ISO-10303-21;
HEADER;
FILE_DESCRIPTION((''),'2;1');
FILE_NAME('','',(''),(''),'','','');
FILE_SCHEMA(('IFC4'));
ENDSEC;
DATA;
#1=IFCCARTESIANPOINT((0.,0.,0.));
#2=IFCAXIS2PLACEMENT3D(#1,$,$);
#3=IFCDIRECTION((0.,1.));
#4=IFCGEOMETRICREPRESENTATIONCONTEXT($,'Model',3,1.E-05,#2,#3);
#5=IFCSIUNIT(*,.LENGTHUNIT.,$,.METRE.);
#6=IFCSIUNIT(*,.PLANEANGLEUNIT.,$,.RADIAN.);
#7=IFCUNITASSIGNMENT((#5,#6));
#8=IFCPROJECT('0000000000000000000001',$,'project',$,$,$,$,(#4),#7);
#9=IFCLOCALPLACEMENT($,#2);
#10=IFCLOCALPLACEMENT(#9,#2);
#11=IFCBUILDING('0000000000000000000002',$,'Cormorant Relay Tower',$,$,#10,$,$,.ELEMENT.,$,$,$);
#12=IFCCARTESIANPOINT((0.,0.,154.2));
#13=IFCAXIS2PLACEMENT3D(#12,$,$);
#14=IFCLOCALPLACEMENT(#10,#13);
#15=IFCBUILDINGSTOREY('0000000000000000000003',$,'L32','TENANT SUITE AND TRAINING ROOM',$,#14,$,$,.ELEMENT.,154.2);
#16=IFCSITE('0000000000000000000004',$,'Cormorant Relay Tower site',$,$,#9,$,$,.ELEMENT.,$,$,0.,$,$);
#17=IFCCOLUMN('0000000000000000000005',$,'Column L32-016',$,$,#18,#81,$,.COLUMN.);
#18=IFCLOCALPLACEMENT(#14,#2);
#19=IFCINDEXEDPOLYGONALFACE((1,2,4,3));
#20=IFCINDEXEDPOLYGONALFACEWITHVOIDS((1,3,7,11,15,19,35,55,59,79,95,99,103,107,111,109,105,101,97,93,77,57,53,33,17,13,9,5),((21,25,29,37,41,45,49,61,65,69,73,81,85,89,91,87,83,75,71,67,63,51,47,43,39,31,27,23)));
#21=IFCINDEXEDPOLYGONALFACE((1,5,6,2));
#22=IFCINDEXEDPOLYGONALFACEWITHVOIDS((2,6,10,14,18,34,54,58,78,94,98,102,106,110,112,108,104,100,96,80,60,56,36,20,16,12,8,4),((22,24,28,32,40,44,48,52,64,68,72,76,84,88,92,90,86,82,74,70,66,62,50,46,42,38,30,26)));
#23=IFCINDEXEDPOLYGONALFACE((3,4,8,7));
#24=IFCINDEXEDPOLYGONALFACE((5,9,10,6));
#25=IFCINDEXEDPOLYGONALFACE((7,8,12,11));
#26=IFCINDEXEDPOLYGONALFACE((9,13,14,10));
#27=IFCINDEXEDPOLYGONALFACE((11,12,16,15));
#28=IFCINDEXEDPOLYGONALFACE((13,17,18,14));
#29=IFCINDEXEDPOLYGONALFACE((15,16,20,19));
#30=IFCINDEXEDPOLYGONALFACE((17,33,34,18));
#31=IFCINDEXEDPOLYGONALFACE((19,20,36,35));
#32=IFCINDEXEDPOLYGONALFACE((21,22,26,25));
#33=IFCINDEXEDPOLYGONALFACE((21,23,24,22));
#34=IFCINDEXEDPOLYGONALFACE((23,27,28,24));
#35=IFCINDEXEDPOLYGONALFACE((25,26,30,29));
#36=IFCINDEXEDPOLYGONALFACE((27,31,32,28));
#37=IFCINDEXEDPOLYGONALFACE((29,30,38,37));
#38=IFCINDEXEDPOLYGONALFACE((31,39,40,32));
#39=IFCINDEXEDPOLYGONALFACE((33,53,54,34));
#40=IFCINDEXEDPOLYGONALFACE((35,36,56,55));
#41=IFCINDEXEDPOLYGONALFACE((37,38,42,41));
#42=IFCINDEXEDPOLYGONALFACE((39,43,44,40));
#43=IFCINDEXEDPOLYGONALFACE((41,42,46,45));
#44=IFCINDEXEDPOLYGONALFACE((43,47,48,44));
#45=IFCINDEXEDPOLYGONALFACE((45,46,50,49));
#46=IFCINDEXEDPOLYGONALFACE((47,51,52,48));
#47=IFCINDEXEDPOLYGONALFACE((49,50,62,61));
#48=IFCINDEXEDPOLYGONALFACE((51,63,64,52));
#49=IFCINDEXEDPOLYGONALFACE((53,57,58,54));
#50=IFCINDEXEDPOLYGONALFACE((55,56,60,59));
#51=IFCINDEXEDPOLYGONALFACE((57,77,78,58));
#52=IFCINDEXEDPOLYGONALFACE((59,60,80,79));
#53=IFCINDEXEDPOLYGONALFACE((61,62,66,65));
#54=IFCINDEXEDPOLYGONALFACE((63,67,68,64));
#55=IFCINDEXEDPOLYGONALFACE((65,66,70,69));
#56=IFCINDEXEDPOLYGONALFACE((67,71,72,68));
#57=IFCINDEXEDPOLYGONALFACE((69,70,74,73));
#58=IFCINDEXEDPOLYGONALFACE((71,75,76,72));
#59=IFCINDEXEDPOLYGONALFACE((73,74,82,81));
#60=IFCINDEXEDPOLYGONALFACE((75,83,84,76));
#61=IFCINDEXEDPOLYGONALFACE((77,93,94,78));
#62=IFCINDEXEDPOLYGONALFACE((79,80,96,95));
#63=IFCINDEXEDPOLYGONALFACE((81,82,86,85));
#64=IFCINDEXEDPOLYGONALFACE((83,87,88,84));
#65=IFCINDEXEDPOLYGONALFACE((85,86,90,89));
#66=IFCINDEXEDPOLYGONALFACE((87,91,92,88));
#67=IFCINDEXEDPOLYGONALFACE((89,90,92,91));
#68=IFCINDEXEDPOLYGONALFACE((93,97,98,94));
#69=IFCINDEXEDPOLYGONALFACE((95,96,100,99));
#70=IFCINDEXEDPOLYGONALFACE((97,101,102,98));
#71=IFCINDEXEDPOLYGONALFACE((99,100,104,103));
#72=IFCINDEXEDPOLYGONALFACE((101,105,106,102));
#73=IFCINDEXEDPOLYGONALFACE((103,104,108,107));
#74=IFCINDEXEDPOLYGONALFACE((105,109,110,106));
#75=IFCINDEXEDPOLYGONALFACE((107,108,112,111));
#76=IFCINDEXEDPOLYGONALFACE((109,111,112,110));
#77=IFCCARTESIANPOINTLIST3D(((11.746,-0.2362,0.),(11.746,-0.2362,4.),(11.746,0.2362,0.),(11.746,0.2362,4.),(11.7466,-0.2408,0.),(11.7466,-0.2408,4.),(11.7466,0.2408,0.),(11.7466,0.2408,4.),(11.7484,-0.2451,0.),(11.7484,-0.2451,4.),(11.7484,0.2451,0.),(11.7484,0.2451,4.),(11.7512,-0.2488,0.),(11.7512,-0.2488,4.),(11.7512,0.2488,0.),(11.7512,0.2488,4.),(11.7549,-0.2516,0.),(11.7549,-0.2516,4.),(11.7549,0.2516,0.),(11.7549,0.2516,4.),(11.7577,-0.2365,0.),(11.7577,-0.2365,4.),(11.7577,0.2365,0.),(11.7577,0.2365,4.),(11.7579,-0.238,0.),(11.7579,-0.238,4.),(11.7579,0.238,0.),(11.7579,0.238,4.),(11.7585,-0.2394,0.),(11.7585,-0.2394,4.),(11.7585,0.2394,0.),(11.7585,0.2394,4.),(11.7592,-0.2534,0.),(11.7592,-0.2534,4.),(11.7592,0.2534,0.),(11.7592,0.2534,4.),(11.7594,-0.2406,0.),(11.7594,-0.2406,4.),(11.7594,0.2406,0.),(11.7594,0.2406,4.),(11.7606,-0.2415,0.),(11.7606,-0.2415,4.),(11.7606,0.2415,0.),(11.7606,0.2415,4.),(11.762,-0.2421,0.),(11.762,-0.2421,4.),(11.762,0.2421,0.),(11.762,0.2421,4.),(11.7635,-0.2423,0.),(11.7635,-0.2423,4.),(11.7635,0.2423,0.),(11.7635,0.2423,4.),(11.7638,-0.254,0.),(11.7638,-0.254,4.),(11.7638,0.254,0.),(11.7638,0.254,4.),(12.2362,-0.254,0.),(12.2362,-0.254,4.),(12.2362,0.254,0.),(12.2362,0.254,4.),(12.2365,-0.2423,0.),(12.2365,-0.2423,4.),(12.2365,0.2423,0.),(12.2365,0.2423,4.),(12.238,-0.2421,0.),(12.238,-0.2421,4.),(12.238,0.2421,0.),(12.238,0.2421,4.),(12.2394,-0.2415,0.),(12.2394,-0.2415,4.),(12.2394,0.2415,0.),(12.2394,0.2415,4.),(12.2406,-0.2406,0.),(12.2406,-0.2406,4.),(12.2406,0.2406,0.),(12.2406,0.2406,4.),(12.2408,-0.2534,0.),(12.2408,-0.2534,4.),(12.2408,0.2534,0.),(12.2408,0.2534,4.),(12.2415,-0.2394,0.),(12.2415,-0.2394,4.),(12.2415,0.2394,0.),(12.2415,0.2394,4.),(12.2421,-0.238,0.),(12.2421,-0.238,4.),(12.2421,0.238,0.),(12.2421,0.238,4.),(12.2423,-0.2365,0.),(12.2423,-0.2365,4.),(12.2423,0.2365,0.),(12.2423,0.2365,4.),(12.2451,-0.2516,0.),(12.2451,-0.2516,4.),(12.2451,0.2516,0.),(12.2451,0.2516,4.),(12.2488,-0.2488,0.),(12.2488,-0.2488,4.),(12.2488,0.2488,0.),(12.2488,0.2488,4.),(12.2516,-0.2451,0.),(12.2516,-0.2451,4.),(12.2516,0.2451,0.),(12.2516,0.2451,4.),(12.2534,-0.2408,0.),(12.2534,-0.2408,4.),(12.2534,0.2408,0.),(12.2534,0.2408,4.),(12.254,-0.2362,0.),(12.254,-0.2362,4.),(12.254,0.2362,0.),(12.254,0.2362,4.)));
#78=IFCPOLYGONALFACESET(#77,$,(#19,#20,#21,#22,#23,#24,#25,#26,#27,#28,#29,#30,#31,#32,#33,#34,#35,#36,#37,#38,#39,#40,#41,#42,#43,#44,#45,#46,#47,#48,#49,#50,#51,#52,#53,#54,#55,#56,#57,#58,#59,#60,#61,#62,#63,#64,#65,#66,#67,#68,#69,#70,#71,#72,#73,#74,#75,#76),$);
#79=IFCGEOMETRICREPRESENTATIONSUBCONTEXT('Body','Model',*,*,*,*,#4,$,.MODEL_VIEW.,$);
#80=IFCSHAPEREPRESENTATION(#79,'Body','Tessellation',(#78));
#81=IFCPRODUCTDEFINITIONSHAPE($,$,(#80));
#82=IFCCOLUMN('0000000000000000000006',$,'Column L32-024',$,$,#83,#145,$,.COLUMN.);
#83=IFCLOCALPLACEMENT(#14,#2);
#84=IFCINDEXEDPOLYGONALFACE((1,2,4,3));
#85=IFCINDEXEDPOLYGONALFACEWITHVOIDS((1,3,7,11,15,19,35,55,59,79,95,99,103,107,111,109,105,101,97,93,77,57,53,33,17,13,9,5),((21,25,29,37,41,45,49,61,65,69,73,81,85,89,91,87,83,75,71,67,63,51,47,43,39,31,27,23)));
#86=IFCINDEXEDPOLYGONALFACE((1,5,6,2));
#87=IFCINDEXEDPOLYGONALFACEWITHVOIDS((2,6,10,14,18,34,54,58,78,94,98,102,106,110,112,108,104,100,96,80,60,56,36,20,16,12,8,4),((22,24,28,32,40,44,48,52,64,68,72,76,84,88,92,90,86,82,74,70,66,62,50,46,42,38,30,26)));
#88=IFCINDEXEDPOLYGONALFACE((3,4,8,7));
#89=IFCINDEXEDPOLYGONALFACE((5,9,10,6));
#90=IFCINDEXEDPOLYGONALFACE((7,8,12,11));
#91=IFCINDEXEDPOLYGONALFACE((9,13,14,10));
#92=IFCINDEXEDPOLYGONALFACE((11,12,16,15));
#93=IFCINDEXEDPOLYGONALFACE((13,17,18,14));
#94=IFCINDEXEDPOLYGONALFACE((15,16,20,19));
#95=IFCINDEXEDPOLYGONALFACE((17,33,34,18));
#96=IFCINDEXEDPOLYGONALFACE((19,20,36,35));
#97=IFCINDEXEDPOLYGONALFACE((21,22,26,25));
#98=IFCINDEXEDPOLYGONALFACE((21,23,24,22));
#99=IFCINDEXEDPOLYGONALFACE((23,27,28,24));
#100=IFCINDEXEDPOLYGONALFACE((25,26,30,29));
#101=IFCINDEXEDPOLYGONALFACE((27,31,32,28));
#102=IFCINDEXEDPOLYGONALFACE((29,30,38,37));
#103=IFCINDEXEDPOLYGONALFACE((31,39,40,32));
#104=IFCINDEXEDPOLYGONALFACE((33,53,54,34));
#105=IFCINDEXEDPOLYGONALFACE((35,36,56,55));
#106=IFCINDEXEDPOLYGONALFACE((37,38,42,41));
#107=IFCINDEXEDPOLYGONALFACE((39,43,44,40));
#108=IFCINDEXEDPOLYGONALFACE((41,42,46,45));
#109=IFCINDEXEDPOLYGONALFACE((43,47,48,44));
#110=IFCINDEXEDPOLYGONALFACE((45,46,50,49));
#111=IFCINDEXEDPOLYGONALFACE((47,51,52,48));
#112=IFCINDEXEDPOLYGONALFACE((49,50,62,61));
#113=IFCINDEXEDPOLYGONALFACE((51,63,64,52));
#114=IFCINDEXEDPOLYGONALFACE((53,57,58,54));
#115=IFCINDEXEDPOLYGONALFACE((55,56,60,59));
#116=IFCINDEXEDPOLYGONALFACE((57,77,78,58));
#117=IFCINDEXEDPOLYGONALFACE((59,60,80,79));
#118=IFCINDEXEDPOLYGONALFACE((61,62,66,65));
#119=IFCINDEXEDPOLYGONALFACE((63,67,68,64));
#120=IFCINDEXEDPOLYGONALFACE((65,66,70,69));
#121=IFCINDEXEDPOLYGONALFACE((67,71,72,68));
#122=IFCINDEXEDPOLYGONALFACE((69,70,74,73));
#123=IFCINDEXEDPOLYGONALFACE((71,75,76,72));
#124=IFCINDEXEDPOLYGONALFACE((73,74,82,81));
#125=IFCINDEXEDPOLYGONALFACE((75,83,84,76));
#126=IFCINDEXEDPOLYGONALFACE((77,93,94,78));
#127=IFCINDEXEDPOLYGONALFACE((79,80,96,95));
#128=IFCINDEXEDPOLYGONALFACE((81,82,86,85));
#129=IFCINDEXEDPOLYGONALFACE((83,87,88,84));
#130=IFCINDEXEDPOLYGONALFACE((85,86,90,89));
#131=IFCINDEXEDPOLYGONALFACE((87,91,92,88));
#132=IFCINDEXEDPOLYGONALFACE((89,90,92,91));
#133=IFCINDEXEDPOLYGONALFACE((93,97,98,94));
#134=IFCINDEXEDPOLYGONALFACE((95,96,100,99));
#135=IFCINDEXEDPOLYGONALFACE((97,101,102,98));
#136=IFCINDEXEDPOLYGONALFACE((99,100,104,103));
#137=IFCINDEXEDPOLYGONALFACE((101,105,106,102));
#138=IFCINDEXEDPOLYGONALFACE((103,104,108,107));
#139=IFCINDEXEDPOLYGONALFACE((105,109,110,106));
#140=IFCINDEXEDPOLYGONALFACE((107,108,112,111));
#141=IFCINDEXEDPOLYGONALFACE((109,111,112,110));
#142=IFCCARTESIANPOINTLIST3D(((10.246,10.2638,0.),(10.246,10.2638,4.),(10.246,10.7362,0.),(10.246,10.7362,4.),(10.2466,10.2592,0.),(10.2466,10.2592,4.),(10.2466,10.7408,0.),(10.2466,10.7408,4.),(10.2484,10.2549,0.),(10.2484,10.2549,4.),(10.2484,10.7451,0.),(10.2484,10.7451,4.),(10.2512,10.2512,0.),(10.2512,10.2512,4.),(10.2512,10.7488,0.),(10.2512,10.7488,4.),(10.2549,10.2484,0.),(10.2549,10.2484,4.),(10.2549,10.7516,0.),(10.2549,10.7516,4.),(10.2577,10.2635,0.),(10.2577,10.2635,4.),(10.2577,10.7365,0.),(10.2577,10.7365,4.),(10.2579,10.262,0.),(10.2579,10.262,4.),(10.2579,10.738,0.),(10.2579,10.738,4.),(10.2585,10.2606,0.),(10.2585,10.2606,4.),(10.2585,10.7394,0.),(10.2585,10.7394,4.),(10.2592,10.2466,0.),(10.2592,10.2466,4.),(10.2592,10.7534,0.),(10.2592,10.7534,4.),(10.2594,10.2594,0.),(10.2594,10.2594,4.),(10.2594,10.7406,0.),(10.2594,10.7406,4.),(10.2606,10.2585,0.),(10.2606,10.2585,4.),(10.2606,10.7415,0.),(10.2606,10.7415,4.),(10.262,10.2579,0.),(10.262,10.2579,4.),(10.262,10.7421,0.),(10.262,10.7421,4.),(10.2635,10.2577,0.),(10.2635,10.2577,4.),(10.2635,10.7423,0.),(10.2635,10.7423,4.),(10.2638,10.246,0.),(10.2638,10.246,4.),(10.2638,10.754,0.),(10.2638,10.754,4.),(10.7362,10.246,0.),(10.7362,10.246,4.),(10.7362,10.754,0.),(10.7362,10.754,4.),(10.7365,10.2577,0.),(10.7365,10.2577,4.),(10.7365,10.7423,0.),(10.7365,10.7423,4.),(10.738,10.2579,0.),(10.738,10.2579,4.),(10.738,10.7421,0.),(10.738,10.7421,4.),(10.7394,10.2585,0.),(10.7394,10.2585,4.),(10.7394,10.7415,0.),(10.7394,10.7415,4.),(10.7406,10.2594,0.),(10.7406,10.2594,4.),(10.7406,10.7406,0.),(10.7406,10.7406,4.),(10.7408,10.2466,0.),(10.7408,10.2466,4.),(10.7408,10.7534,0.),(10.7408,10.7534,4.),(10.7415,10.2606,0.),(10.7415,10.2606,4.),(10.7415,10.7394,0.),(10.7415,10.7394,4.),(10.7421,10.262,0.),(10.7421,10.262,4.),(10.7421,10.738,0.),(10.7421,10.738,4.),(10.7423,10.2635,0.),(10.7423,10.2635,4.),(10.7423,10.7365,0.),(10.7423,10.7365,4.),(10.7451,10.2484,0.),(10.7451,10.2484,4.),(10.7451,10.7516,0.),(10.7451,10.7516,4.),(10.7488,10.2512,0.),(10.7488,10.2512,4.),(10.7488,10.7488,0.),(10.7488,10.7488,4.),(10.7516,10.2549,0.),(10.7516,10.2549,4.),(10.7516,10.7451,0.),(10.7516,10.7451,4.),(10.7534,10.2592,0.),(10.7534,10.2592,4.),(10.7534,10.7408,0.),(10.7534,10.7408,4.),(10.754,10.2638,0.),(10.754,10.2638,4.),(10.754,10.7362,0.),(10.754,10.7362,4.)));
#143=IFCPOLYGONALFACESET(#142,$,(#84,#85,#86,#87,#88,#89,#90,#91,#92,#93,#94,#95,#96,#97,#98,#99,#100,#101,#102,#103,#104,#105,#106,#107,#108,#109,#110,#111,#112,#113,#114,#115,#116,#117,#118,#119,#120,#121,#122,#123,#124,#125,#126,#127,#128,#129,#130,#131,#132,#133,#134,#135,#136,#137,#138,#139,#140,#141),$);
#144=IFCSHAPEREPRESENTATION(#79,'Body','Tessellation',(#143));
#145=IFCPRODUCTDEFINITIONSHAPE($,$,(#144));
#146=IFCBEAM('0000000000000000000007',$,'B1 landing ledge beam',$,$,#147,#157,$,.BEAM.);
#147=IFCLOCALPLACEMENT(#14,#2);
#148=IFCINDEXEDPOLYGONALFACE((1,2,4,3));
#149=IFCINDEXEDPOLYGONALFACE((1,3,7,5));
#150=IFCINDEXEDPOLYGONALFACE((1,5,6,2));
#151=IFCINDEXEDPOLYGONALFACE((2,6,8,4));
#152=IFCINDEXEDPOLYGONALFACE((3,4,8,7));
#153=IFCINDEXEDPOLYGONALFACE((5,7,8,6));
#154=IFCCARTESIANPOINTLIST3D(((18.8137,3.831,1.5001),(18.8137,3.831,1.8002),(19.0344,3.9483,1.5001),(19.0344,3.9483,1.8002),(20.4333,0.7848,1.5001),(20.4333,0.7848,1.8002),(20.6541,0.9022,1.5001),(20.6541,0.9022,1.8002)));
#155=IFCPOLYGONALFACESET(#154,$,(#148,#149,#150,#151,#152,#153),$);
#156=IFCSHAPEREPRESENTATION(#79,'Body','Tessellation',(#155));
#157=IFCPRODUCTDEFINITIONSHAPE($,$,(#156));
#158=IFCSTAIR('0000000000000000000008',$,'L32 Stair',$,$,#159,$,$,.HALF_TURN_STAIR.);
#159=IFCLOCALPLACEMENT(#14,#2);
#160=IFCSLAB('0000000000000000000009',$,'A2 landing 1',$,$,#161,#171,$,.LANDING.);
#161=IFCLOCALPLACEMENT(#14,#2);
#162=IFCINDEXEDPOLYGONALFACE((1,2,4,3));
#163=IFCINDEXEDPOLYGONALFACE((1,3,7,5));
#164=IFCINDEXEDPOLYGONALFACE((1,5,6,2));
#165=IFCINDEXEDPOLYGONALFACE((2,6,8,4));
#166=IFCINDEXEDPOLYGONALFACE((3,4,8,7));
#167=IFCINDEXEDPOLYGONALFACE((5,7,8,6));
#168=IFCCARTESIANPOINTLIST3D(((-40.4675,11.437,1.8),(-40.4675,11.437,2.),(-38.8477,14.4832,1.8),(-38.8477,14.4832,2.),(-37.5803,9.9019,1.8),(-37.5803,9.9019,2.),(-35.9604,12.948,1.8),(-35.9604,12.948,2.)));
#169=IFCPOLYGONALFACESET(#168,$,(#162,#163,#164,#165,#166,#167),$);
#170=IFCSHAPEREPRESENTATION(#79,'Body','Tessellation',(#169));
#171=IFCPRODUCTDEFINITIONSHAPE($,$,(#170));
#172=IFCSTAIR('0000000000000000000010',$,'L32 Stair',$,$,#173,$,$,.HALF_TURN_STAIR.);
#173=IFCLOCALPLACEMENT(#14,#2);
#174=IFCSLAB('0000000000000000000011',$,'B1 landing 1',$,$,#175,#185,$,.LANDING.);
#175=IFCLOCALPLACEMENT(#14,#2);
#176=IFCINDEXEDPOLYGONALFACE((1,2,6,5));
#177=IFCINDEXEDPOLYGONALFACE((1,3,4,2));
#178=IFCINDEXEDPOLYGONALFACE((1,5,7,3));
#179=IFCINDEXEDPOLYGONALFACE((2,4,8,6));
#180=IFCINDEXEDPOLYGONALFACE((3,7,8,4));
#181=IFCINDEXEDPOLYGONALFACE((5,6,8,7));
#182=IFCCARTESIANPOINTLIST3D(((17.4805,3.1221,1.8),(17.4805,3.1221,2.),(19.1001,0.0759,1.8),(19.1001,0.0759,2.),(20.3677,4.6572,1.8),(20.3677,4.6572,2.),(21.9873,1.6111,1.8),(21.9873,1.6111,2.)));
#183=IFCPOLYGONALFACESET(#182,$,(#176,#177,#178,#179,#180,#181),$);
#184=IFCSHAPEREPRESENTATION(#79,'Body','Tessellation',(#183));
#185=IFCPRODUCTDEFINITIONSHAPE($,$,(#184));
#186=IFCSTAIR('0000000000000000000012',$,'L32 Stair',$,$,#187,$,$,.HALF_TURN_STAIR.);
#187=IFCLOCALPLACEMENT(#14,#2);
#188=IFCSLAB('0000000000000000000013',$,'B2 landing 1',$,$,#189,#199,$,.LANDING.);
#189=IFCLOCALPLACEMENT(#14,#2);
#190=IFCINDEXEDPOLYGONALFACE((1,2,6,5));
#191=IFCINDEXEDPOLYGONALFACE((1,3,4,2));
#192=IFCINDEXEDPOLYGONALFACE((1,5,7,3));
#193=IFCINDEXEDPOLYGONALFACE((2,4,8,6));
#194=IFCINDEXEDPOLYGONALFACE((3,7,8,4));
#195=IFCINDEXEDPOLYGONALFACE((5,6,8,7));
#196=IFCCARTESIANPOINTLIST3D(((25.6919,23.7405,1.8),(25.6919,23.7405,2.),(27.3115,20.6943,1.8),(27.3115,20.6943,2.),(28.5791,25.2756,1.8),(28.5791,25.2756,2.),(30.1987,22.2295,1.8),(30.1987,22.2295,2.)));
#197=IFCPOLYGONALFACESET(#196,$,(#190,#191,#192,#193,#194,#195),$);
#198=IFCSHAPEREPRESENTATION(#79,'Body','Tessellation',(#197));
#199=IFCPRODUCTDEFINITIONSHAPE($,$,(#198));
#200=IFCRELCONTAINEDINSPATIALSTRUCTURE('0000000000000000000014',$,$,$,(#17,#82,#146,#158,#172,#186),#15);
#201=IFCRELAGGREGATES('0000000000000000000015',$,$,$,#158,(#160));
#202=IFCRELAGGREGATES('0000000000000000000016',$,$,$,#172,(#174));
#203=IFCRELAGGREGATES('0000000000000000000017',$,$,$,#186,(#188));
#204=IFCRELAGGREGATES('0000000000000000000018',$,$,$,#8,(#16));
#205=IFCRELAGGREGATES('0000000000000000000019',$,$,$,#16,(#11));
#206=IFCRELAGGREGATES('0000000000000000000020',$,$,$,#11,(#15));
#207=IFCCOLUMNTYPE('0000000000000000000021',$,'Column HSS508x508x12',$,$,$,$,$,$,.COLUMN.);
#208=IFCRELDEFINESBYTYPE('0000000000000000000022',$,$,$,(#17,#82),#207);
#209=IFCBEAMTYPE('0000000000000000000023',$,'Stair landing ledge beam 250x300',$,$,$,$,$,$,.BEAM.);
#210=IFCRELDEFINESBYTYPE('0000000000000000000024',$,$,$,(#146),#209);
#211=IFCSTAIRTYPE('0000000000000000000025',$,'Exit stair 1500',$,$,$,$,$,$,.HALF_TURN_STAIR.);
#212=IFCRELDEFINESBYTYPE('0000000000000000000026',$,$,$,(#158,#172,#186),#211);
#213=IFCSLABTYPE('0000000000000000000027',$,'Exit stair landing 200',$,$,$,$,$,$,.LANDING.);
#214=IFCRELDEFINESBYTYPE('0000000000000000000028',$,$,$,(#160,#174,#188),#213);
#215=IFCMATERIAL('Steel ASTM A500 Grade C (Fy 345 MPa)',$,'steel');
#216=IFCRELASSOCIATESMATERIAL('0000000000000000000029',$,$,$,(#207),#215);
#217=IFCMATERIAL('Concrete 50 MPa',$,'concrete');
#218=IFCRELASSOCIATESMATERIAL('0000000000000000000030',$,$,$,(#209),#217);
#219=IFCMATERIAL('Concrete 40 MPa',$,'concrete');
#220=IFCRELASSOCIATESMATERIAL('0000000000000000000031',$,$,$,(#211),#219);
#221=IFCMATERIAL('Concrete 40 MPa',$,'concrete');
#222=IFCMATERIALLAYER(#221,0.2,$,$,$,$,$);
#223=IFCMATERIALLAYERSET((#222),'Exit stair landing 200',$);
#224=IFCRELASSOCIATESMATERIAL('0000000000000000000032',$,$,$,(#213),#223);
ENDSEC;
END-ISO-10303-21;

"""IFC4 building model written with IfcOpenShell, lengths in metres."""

from ifc_helpers import new_model, si_unit, direction, frame, origin, origin_2d, place, context, subcontext, project, spatial, polyline, rectangle, hollow_rectangle, outline, extrude, material, layer, layer_set, material_profile, profile_set, type_object, element, aggregate, save


model = new_model("IFC4")

# Units and contexts
model_context = context("Model", 3, precision=1e-05, world=origin(), true_north=direction((0.0, 1.0)))
body_context = subcontext(model_context, "Body", "Model", "MODEL_VIEW")
ifc_project = project(units=[si_unit("LENGTHUNIT", "METRE"), si_unit("PLANEANGLEUNIT", "RADIAN")], contexts=[model_context])

# Site, building, storey
site_placement = place(None, origin())
site = spatial("IfcSite", under=ifc_project, at=site_placement, Name="Cormorant Relay Tower site", CompositionType="ELEMENT", RefElevation=0.0)
building_placement = place(site_placement, origin())
building = spatial("IfcBuilding", under=site, at=building_placement, Name="Cormorant Relay Tower", CompositionType="ELEMENT")
storey_placement = place(building_placement, frame((0.0, 0.0, 154.2)))
storey = spatial("IfcBuildingStorey", under=building, at=storey_placement, Name="L32", Description="TENANT SUITE AND TRAINING ROOM", CompositionType="ELEMENT", Elevation=154.2)

# Columns
ifc_material_1 = material(Name="Steel ASTM A500 Grade C (Fy 345 MPa)", Category="steel")
ifc_material_profile_1 = material_profile(ifc_material_1, hollow_rectangle(XDim=0.5081, YDim=0.5081, WallThickness=0.0117, InnerFilletRadius=0.0059, OuterFilletRadius=0.0178, at=origin_2d()), Name="HSS508x508x12")
ifc_profile_set_1 = profile_set([ifc_material_profile_1], Name="Steel ASTM A500 Grade C (Fy 345 MPa)")
column_type = type_object("IfcColumnType", Name="Column HSS508x508x12", PredefinedType="COLUMN", material=ifc_profile_set_1)
for number, where, z_axis, x_axis, name in (
    (1, (12.0, 0.0, 0.0), (0.0, 0.0, 1.0), (1.0, 0.0, 0.0), "Column L32-016"),
    (2, (10.5, 10.5, 0.0), (0.0, 0.0, 1.0), (1.0, 0.0, 0.0), "Column L32-024"),
):
    element("IfcColumn", number, at=place(storey_placement, frame(where, z_axis=z_axis, x_axis=x_axis)), inside=storey, type_object=column_type, Name=name, PredefinedType="COLUMN", context=body_context, shape_type="SweptSolid", body=[
        extrude(hollow_rectangle(XDim=0.5081, YDim=0.5081, WallThickness=0.0117, InnerFilletRadius=0.0059, OuterFilletRadius=0.0178, at=origin_2d()), origin(), (0.0, 0.0, 1.0), 4.0),
    ])

# Beam
ifc_material_2 = material(Name="Concrete 50 MPa", Category="concrete")
ifc_material_profile_2 = material_profile(ifc_material_2, rectangle(XDim=0.25, YDim=0.3, at=origin_2d()), Name="RC 250x300")
ifc_profile_set_2 = profile_set([ifc_material_profile_2], Name="Concrete 50 MPa")
beam_type = type_object("IfcBeamType", Name="Stair landing ledge beam 250x300", PredefinedType="BEAM", material=ifc_profile_set_2)
beam_placement = place(storey_placement, frame((18.9241, 3.8896, 1.6501), z_axis=(0.469464, -0.882952, 0.0), x_axis=(0.882952, 0.469464, 0.0)))
element("IfcBeam", 3, at=beam_placement, inside=storey, type_object=beam_type, Name="B1 landing ledge beam", PredefinedType="BEAM", context=body_context, shape_type="SweptSolid", body=[
    extrude(rectangle(XDim=0.25, YDim=0.3, at=origin_2d()), origin(), (0.0, 0.0, 1.0), 3.45),
])

# Stairs, slabs
ifc_material_3 = material(Name="Concrete 40 MPa", Category="concrete")
stair_type_1 = type_object("IfcStairType", Name="Exit stair 1500", PredefinedType="HALF_TURN_STAIR", material=ifc_material_3)
stair_1_placement = place(storey_placement, origin())
stair_1 = element("IfcStair", 4, at=stair_1_placement, inside=storey, type_object=stair_type_1, Name="L32 Stair", PredefinedType="HALF_TURN_STAIR")
ifc_material_4 = material(Name="Concrete 40 MPa", Category="concrete")
ifc_layer_1 = layer(ifc_material_4, 0.2)
ifc_layer_set_1 = layer_set([ifc_layer_1], Name="Exit stair landing 200")
slab_type = type_object("IfcSlabType", Name="Exit stair landing 200", PredefinedType="LANDING", material=ifc_layer_set_1)
slab_1_placement = place(storey_placement, frame((0.0, 0.0, 1.8)))
slab_1 = element("IfcSlab", 5, at=slab_1_placement, type_object=slab_type, Name="A2 landing 1", PredefinedType="LANDING", context=body_context, shape_type="SweptSolid", body=[
    extrude(outline(polyline([(-35.9604, 12.948), (-38.8477, 14.4832), (-40.4675, 11.437), (-37.5803, 9.9019), (-35.9604, 12.948)])), origin(), (0.0, 0.0, 1.0), 0.2),
])
aggregate(stair_1, [slab_1])
stair_2_placement = place(storey_placement, origin())
stair_2 = element("IfcStair", 6, at=stair_2_placement, inside=storey, type_object=stair_type_1, Name="L32 Stair", PredefinedType="HALF_TURN_STAIR")
slab_2_placement = place(storey_placement, frame((0.0, 0.0, 1.8)))
slab_2 = element("IfcSlab", 7, at=slab_2_placement, type_object=slab_type, Name="B1 landing 1", PredefinedType="LANDING", context=body_context, shape_type="SweptSolid", body=[
    extrude(outline(polyline([(20.3677, 4.6572), (17.4805, 3.1221), (19.1001, 0.0759), (21.9873, 1.6111), (20.3677, 4.6572)])), origin(), (0.0, 0.0, 1.0), 0.2),
])
aggregate(stair_2, [slab_2])
stair_3_placement = place(storey_placement, origin())
stair_3 = element("IfcStair", 8, at=stair_3_placement, inside=storey, type_object=stair_type_1, Name="L32 Stair", PredefinedType="HALF_TURN_STAIR")
slab_3_placement = place(storey_placement, frame((0.0, 0.0, 1.8)))
slab_3 = element("IfcSlab", 9, at=slab_3_placement, type_object=slab_type, Name="B2 landing 1", PredefinedType="LANDING", context=body_context, shape_type="SweptSolid", body=[
    extrude(outline(polyline([(27.3115, 20.6943), (30.1987, 22.2295), (28.5791, 25.2756), (25.6919, 23.7405), (27.3115, 20.6943)])), origin(), (0.0, 0.0, 1.0), 0.2),
])
aggregate(stair_3, [slab_3])

save(model, "model.ifc")
